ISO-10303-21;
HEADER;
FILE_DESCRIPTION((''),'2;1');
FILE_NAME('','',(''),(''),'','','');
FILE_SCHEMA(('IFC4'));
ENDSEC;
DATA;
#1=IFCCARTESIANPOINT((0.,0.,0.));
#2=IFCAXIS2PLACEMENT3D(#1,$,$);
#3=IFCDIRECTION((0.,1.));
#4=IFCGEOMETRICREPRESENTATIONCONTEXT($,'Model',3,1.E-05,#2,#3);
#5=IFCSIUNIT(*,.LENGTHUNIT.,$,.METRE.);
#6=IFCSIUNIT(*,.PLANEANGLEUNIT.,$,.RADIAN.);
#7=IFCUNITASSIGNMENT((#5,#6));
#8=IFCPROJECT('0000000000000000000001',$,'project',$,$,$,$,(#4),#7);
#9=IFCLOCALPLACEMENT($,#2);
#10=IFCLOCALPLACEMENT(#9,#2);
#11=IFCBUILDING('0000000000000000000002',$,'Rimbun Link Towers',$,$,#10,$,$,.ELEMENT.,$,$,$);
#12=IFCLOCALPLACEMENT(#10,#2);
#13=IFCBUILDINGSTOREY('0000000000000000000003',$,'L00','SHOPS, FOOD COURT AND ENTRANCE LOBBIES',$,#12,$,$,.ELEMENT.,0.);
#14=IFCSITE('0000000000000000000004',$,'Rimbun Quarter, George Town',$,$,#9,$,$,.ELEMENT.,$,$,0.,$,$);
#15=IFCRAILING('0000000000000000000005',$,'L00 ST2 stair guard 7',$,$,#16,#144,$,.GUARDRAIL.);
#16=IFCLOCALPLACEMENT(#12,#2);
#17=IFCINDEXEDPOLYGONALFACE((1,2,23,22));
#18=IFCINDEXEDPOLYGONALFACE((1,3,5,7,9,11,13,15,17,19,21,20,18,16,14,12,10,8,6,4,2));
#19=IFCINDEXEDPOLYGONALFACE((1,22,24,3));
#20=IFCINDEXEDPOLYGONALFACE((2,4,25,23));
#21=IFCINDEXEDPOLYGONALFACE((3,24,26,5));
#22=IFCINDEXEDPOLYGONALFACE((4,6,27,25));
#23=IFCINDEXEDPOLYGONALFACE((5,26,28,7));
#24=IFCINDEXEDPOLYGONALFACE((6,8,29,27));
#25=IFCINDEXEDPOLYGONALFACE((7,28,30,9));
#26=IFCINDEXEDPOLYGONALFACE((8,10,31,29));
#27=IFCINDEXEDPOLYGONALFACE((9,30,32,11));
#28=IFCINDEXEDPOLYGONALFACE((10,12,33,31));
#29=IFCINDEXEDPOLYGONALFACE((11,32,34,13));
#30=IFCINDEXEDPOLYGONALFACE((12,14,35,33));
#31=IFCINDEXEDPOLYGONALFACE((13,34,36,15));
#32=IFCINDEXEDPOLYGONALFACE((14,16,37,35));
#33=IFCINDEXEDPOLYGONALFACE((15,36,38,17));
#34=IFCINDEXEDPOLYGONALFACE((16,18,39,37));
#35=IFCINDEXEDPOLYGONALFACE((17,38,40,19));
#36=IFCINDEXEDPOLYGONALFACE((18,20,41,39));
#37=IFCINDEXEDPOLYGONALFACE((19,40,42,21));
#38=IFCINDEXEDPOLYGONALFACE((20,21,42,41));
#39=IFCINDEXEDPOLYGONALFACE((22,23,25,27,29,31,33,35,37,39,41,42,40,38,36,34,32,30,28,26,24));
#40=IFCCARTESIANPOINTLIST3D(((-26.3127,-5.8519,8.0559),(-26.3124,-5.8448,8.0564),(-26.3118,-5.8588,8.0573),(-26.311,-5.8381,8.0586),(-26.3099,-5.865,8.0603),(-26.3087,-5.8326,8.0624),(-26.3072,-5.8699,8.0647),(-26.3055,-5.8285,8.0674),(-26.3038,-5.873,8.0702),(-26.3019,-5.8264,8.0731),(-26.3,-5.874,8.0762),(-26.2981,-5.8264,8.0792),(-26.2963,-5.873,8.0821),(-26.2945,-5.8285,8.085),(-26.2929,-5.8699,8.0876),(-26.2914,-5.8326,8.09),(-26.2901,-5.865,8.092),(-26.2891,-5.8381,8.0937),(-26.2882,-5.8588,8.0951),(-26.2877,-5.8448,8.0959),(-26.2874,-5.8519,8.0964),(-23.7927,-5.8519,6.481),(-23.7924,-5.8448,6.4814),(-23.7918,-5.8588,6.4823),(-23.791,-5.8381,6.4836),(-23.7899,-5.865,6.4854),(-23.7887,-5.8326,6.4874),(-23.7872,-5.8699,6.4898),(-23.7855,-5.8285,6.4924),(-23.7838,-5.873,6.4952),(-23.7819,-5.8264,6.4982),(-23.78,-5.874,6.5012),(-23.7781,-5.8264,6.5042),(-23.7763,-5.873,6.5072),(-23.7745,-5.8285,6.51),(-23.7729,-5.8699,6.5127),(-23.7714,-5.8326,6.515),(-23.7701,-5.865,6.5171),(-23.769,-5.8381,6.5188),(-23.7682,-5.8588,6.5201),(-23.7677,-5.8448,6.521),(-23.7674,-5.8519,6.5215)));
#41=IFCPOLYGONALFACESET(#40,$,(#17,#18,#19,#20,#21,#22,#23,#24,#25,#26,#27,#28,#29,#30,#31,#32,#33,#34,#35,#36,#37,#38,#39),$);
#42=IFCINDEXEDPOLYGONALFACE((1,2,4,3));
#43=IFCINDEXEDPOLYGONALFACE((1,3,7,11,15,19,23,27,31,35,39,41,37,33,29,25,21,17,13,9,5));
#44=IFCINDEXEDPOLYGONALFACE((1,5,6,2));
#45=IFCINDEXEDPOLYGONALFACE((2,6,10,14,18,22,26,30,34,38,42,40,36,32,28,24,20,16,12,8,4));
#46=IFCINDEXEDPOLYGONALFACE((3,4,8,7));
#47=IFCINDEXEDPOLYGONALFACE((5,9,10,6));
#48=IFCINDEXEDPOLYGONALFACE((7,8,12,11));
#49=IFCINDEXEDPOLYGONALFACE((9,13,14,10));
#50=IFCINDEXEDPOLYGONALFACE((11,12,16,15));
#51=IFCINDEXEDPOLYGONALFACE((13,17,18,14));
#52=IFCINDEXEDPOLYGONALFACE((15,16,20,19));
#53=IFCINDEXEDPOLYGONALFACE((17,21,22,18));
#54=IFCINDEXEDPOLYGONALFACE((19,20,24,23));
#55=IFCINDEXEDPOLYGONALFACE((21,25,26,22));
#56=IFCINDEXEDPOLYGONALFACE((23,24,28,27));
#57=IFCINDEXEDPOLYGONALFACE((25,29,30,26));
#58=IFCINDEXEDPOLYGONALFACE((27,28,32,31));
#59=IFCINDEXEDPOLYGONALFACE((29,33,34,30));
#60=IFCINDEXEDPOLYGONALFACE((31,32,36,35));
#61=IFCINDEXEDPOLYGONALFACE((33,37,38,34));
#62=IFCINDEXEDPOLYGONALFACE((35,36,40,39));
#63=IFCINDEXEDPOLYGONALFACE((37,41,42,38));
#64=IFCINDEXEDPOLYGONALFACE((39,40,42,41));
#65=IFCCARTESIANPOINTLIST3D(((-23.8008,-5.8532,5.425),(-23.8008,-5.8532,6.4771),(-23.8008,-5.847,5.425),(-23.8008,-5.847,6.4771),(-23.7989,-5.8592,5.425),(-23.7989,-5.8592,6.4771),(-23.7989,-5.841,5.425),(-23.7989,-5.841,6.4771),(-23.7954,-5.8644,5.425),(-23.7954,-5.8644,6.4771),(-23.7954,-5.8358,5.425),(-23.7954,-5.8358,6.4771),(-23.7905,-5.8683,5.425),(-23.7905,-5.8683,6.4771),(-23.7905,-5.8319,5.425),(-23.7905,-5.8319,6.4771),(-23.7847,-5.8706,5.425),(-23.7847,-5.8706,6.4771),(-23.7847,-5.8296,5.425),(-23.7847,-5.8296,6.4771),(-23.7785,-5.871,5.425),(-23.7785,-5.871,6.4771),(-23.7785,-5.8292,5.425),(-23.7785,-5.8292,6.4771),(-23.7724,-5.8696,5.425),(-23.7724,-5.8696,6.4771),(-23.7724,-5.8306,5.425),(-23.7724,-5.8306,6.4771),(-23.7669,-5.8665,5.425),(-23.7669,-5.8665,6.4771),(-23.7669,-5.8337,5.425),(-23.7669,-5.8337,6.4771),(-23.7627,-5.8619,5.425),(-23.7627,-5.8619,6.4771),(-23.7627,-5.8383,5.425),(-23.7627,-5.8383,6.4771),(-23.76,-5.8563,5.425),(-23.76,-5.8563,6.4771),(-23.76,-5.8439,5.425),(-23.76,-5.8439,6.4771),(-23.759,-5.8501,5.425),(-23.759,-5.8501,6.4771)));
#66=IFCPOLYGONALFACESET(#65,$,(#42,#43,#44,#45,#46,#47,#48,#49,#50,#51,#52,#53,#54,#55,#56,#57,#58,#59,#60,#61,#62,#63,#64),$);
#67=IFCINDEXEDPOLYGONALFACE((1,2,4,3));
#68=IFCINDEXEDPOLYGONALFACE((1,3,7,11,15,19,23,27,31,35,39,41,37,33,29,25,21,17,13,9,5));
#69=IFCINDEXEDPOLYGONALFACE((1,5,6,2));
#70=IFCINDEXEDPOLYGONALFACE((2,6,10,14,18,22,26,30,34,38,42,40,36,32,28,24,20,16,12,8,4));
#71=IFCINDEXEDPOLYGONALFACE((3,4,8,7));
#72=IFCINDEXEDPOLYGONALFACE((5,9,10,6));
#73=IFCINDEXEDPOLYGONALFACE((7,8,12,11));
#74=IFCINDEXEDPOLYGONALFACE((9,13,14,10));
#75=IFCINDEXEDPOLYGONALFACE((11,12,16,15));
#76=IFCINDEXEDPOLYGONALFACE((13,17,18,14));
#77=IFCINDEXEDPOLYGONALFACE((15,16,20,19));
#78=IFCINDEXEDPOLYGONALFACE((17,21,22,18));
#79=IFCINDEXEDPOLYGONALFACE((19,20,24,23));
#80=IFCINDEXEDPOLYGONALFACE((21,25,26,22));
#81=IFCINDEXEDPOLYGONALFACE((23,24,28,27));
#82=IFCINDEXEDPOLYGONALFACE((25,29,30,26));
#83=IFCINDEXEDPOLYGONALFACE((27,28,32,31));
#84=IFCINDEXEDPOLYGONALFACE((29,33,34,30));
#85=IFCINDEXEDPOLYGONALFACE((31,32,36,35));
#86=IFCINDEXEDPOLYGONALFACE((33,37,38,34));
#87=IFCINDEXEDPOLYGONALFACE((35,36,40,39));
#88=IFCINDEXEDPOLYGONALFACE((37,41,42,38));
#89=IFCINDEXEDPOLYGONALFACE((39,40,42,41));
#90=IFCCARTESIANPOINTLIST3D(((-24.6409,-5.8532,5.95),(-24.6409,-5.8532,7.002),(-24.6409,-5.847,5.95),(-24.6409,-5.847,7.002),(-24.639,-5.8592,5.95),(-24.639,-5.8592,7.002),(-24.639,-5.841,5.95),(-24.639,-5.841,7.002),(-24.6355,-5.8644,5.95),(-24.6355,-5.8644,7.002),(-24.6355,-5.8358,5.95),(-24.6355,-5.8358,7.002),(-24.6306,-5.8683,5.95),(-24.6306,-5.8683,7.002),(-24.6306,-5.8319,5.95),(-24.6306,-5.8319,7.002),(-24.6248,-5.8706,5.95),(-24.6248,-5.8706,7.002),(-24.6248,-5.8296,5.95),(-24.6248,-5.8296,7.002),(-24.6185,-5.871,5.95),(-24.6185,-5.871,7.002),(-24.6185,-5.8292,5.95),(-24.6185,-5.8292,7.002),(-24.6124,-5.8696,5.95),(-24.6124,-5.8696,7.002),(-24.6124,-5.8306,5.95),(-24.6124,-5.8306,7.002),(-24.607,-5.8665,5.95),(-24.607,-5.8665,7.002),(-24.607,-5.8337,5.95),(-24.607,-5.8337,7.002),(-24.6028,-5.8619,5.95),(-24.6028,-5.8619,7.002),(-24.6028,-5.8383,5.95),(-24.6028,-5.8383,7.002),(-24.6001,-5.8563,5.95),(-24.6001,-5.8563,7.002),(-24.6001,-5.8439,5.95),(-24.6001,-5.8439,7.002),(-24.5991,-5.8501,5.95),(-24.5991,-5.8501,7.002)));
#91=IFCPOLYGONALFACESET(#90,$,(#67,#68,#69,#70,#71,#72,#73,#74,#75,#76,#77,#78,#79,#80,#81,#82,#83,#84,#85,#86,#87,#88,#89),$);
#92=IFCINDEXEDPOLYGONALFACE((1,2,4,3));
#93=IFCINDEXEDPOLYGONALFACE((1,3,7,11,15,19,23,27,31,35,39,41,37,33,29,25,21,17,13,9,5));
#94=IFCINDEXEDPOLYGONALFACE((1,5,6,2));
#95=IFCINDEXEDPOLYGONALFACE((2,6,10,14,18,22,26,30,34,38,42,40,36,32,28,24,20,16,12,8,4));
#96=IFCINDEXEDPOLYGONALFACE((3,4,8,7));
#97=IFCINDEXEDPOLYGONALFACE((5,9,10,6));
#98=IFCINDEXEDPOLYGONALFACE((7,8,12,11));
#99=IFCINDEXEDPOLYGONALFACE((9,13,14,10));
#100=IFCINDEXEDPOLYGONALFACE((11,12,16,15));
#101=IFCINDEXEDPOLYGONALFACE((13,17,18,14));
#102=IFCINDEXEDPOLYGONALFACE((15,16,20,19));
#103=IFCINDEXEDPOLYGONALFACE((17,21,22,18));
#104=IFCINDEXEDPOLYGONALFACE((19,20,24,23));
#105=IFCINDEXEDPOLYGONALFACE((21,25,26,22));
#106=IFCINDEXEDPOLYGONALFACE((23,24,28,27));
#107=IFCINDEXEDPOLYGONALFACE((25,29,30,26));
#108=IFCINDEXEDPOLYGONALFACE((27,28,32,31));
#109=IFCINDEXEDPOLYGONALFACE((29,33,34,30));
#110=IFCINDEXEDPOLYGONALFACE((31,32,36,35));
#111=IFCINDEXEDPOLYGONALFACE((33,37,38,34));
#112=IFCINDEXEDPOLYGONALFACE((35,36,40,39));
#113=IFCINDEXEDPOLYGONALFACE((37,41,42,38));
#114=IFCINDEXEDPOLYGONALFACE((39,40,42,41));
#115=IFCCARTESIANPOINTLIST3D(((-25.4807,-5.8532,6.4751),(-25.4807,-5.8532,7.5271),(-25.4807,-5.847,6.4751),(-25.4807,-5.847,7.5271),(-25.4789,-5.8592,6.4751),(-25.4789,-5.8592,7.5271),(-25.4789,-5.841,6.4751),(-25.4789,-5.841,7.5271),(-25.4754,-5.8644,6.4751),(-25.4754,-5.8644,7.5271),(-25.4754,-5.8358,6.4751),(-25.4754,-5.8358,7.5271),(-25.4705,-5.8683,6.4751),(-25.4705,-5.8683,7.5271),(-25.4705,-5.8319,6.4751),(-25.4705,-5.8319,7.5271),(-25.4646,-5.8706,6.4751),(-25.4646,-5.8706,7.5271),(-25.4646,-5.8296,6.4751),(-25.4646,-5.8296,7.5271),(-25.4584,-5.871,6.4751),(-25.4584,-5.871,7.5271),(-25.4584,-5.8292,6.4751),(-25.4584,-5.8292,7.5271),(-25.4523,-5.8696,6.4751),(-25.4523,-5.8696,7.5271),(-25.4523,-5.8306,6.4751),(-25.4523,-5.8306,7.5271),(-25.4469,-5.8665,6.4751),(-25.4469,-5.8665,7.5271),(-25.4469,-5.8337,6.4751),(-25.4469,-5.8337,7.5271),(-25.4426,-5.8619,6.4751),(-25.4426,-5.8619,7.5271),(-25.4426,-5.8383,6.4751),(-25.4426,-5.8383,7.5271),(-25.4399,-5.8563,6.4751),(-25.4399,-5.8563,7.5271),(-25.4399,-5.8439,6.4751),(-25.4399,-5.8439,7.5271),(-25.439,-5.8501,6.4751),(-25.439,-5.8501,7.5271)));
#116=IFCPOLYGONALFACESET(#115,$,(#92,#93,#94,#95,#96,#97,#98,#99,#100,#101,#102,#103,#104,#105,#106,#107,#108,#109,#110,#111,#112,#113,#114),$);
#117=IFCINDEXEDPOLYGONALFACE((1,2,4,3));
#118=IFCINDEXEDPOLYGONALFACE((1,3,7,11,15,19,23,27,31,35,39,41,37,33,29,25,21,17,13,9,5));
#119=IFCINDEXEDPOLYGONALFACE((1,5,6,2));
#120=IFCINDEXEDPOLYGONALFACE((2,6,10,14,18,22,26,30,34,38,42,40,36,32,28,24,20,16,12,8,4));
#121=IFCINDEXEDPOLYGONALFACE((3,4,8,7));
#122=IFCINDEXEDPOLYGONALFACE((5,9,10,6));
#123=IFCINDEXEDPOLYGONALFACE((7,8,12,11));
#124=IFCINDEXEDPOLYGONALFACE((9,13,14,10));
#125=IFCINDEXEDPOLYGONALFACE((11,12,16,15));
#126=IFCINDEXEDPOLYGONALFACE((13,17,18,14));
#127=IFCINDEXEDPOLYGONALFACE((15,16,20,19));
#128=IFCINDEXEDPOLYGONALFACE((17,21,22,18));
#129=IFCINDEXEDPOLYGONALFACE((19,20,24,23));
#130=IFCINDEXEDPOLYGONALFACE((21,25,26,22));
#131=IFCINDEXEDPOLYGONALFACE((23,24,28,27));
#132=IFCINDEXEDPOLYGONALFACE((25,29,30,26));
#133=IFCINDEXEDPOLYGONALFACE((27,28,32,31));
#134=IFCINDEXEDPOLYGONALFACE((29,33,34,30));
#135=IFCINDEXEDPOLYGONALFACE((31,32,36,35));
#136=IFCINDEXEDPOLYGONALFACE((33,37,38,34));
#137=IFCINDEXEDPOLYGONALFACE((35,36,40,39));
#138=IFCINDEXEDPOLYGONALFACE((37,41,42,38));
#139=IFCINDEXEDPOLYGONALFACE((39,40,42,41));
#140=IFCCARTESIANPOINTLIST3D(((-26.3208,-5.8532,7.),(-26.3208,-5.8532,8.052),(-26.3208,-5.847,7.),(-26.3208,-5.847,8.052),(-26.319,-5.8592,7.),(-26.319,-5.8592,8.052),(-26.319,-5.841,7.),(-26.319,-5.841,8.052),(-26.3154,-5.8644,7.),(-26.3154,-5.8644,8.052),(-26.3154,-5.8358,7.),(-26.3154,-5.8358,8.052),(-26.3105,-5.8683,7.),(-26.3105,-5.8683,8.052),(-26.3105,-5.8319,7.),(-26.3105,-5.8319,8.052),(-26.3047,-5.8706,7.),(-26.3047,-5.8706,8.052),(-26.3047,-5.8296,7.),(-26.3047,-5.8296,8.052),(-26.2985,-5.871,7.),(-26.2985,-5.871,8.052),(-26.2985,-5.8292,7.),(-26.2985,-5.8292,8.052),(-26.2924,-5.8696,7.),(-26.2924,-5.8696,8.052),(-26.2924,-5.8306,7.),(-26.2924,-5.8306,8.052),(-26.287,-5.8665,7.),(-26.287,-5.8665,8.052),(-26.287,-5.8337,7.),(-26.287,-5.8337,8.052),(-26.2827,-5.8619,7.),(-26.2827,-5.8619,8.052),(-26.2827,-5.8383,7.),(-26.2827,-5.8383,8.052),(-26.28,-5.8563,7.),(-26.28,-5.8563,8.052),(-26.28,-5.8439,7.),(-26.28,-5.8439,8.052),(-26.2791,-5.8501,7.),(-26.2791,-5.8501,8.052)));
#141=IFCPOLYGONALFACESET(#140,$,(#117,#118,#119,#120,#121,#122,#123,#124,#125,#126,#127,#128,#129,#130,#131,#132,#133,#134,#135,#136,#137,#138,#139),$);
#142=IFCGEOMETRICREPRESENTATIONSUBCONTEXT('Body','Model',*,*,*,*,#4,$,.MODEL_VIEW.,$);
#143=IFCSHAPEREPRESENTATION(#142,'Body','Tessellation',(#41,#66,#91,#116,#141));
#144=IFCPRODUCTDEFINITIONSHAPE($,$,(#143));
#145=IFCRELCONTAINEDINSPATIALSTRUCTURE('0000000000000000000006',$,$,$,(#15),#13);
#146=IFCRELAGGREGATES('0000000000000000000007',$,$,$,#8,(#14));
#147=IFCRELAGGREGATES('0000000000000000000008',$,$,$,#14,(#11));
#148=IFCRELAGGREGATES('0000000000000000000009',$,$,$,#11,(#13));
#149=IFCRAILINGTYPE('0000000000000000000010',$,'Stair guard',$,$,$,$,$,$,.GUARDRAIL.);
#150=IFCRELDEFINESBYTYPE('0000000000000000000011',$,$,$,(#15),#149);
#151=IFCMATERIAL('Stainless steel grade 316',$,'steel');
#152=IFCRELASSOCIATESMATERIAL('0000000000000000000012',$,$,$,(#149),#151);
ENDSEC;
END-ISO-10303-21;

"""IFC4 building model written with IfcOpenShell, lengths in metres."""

from ifc_helpers import new_model, si_unit, direction, frame, origin, origin_2d, place, context, subcontext, project, spatial, circle, extrude, material, type_object, element, save


model = new_model("IFC4")

# Units and contexts
model_context = context("Model", 3, precision=1e-05, world=origin(), true_north=direction((0.0, 1.0)))
body_context = subcontext(model_context, "Body", "Model", "MODEL_VIEW")
ifc_project = project(units=[si_unit("LENGTHUNIT", "METRE"), si_unit("PLANEANGLEUNIT", "RADIAN")], contexts=[model_context])

# Site, building, storey
site_placement = place(None, origin())
site = spatial("IfcSite", under=ifc_project, at=site_placement, Name="Rimbun Quarter, George Town", CompositionType="ELEMENT", RefElevation=0.0)
building_placement = place(site_placement, origin())
building = spatial("IfcBuilding", under=site, at=building_placement, Name="Rimbun Link Towers", CompositionType="ELEMENT")
storey_placement = place(building_placement, origin())
storey = spatial("IfcBuildingStorey", under=building, at=storey_placement, Name="L00", Description="SHOPS, FOOD COURT AND ENTRANCE LOBBIES", CompositionType="ELEMENT", Elevation=0.0)

# Railing
ifc_material_1 = material(Name="Stainless steel grade 316", Category="steel")
railing_type_1 = type_object("IfcRailingType", Name="Stair guard", PredefinedType="GUARDRAIL", material=ifc_material_1)
railing_1_placement = place(storey_placement, frame((-23.78, -5.8501, 5.425)))
element("IfcRailing", 1, at=railing_1_placement, inside=storey, type_object=railing_type_1, Name="L00 ST2 stair guard 7", PredefinedType="GUARDRAIL", context=body_context, shape_type="SweptSolid", body=[
    extrude(circle(Radius=0.0239, at=origin_2d()), frame((0.0, 0.0, 1.0762), z_axis=(-0.848008, 0.0, 0.529984), x_axis=(0.0, -1.0, 0.0)), (0.0, 0.0, 1.0), 2.9717),
    extrude(circle(Radius=0.021, at=origin_2d()), origin(), (0.0, 0.0, 1.0), 1.052),
    extrude(circle(Radius=0.021, at=origin_2d()), frame((-0.8401, 0.0, 0.5249)), (0.0, 0.0, 1.0), 1.052),
    extrude(circle(Radius=0.021, at=origin_2d()), frame((-1.6799, 0.0, 1.05)), (0.0, 0.0, 1.0), 1.052),
    extrude(circle(Radius=0.021, at=origin_2d()), frame((-2.52, 0.0, 1.575)), (0.0, 0.0, 1.0), 1.052),
])

save(model, "model.ifc")
